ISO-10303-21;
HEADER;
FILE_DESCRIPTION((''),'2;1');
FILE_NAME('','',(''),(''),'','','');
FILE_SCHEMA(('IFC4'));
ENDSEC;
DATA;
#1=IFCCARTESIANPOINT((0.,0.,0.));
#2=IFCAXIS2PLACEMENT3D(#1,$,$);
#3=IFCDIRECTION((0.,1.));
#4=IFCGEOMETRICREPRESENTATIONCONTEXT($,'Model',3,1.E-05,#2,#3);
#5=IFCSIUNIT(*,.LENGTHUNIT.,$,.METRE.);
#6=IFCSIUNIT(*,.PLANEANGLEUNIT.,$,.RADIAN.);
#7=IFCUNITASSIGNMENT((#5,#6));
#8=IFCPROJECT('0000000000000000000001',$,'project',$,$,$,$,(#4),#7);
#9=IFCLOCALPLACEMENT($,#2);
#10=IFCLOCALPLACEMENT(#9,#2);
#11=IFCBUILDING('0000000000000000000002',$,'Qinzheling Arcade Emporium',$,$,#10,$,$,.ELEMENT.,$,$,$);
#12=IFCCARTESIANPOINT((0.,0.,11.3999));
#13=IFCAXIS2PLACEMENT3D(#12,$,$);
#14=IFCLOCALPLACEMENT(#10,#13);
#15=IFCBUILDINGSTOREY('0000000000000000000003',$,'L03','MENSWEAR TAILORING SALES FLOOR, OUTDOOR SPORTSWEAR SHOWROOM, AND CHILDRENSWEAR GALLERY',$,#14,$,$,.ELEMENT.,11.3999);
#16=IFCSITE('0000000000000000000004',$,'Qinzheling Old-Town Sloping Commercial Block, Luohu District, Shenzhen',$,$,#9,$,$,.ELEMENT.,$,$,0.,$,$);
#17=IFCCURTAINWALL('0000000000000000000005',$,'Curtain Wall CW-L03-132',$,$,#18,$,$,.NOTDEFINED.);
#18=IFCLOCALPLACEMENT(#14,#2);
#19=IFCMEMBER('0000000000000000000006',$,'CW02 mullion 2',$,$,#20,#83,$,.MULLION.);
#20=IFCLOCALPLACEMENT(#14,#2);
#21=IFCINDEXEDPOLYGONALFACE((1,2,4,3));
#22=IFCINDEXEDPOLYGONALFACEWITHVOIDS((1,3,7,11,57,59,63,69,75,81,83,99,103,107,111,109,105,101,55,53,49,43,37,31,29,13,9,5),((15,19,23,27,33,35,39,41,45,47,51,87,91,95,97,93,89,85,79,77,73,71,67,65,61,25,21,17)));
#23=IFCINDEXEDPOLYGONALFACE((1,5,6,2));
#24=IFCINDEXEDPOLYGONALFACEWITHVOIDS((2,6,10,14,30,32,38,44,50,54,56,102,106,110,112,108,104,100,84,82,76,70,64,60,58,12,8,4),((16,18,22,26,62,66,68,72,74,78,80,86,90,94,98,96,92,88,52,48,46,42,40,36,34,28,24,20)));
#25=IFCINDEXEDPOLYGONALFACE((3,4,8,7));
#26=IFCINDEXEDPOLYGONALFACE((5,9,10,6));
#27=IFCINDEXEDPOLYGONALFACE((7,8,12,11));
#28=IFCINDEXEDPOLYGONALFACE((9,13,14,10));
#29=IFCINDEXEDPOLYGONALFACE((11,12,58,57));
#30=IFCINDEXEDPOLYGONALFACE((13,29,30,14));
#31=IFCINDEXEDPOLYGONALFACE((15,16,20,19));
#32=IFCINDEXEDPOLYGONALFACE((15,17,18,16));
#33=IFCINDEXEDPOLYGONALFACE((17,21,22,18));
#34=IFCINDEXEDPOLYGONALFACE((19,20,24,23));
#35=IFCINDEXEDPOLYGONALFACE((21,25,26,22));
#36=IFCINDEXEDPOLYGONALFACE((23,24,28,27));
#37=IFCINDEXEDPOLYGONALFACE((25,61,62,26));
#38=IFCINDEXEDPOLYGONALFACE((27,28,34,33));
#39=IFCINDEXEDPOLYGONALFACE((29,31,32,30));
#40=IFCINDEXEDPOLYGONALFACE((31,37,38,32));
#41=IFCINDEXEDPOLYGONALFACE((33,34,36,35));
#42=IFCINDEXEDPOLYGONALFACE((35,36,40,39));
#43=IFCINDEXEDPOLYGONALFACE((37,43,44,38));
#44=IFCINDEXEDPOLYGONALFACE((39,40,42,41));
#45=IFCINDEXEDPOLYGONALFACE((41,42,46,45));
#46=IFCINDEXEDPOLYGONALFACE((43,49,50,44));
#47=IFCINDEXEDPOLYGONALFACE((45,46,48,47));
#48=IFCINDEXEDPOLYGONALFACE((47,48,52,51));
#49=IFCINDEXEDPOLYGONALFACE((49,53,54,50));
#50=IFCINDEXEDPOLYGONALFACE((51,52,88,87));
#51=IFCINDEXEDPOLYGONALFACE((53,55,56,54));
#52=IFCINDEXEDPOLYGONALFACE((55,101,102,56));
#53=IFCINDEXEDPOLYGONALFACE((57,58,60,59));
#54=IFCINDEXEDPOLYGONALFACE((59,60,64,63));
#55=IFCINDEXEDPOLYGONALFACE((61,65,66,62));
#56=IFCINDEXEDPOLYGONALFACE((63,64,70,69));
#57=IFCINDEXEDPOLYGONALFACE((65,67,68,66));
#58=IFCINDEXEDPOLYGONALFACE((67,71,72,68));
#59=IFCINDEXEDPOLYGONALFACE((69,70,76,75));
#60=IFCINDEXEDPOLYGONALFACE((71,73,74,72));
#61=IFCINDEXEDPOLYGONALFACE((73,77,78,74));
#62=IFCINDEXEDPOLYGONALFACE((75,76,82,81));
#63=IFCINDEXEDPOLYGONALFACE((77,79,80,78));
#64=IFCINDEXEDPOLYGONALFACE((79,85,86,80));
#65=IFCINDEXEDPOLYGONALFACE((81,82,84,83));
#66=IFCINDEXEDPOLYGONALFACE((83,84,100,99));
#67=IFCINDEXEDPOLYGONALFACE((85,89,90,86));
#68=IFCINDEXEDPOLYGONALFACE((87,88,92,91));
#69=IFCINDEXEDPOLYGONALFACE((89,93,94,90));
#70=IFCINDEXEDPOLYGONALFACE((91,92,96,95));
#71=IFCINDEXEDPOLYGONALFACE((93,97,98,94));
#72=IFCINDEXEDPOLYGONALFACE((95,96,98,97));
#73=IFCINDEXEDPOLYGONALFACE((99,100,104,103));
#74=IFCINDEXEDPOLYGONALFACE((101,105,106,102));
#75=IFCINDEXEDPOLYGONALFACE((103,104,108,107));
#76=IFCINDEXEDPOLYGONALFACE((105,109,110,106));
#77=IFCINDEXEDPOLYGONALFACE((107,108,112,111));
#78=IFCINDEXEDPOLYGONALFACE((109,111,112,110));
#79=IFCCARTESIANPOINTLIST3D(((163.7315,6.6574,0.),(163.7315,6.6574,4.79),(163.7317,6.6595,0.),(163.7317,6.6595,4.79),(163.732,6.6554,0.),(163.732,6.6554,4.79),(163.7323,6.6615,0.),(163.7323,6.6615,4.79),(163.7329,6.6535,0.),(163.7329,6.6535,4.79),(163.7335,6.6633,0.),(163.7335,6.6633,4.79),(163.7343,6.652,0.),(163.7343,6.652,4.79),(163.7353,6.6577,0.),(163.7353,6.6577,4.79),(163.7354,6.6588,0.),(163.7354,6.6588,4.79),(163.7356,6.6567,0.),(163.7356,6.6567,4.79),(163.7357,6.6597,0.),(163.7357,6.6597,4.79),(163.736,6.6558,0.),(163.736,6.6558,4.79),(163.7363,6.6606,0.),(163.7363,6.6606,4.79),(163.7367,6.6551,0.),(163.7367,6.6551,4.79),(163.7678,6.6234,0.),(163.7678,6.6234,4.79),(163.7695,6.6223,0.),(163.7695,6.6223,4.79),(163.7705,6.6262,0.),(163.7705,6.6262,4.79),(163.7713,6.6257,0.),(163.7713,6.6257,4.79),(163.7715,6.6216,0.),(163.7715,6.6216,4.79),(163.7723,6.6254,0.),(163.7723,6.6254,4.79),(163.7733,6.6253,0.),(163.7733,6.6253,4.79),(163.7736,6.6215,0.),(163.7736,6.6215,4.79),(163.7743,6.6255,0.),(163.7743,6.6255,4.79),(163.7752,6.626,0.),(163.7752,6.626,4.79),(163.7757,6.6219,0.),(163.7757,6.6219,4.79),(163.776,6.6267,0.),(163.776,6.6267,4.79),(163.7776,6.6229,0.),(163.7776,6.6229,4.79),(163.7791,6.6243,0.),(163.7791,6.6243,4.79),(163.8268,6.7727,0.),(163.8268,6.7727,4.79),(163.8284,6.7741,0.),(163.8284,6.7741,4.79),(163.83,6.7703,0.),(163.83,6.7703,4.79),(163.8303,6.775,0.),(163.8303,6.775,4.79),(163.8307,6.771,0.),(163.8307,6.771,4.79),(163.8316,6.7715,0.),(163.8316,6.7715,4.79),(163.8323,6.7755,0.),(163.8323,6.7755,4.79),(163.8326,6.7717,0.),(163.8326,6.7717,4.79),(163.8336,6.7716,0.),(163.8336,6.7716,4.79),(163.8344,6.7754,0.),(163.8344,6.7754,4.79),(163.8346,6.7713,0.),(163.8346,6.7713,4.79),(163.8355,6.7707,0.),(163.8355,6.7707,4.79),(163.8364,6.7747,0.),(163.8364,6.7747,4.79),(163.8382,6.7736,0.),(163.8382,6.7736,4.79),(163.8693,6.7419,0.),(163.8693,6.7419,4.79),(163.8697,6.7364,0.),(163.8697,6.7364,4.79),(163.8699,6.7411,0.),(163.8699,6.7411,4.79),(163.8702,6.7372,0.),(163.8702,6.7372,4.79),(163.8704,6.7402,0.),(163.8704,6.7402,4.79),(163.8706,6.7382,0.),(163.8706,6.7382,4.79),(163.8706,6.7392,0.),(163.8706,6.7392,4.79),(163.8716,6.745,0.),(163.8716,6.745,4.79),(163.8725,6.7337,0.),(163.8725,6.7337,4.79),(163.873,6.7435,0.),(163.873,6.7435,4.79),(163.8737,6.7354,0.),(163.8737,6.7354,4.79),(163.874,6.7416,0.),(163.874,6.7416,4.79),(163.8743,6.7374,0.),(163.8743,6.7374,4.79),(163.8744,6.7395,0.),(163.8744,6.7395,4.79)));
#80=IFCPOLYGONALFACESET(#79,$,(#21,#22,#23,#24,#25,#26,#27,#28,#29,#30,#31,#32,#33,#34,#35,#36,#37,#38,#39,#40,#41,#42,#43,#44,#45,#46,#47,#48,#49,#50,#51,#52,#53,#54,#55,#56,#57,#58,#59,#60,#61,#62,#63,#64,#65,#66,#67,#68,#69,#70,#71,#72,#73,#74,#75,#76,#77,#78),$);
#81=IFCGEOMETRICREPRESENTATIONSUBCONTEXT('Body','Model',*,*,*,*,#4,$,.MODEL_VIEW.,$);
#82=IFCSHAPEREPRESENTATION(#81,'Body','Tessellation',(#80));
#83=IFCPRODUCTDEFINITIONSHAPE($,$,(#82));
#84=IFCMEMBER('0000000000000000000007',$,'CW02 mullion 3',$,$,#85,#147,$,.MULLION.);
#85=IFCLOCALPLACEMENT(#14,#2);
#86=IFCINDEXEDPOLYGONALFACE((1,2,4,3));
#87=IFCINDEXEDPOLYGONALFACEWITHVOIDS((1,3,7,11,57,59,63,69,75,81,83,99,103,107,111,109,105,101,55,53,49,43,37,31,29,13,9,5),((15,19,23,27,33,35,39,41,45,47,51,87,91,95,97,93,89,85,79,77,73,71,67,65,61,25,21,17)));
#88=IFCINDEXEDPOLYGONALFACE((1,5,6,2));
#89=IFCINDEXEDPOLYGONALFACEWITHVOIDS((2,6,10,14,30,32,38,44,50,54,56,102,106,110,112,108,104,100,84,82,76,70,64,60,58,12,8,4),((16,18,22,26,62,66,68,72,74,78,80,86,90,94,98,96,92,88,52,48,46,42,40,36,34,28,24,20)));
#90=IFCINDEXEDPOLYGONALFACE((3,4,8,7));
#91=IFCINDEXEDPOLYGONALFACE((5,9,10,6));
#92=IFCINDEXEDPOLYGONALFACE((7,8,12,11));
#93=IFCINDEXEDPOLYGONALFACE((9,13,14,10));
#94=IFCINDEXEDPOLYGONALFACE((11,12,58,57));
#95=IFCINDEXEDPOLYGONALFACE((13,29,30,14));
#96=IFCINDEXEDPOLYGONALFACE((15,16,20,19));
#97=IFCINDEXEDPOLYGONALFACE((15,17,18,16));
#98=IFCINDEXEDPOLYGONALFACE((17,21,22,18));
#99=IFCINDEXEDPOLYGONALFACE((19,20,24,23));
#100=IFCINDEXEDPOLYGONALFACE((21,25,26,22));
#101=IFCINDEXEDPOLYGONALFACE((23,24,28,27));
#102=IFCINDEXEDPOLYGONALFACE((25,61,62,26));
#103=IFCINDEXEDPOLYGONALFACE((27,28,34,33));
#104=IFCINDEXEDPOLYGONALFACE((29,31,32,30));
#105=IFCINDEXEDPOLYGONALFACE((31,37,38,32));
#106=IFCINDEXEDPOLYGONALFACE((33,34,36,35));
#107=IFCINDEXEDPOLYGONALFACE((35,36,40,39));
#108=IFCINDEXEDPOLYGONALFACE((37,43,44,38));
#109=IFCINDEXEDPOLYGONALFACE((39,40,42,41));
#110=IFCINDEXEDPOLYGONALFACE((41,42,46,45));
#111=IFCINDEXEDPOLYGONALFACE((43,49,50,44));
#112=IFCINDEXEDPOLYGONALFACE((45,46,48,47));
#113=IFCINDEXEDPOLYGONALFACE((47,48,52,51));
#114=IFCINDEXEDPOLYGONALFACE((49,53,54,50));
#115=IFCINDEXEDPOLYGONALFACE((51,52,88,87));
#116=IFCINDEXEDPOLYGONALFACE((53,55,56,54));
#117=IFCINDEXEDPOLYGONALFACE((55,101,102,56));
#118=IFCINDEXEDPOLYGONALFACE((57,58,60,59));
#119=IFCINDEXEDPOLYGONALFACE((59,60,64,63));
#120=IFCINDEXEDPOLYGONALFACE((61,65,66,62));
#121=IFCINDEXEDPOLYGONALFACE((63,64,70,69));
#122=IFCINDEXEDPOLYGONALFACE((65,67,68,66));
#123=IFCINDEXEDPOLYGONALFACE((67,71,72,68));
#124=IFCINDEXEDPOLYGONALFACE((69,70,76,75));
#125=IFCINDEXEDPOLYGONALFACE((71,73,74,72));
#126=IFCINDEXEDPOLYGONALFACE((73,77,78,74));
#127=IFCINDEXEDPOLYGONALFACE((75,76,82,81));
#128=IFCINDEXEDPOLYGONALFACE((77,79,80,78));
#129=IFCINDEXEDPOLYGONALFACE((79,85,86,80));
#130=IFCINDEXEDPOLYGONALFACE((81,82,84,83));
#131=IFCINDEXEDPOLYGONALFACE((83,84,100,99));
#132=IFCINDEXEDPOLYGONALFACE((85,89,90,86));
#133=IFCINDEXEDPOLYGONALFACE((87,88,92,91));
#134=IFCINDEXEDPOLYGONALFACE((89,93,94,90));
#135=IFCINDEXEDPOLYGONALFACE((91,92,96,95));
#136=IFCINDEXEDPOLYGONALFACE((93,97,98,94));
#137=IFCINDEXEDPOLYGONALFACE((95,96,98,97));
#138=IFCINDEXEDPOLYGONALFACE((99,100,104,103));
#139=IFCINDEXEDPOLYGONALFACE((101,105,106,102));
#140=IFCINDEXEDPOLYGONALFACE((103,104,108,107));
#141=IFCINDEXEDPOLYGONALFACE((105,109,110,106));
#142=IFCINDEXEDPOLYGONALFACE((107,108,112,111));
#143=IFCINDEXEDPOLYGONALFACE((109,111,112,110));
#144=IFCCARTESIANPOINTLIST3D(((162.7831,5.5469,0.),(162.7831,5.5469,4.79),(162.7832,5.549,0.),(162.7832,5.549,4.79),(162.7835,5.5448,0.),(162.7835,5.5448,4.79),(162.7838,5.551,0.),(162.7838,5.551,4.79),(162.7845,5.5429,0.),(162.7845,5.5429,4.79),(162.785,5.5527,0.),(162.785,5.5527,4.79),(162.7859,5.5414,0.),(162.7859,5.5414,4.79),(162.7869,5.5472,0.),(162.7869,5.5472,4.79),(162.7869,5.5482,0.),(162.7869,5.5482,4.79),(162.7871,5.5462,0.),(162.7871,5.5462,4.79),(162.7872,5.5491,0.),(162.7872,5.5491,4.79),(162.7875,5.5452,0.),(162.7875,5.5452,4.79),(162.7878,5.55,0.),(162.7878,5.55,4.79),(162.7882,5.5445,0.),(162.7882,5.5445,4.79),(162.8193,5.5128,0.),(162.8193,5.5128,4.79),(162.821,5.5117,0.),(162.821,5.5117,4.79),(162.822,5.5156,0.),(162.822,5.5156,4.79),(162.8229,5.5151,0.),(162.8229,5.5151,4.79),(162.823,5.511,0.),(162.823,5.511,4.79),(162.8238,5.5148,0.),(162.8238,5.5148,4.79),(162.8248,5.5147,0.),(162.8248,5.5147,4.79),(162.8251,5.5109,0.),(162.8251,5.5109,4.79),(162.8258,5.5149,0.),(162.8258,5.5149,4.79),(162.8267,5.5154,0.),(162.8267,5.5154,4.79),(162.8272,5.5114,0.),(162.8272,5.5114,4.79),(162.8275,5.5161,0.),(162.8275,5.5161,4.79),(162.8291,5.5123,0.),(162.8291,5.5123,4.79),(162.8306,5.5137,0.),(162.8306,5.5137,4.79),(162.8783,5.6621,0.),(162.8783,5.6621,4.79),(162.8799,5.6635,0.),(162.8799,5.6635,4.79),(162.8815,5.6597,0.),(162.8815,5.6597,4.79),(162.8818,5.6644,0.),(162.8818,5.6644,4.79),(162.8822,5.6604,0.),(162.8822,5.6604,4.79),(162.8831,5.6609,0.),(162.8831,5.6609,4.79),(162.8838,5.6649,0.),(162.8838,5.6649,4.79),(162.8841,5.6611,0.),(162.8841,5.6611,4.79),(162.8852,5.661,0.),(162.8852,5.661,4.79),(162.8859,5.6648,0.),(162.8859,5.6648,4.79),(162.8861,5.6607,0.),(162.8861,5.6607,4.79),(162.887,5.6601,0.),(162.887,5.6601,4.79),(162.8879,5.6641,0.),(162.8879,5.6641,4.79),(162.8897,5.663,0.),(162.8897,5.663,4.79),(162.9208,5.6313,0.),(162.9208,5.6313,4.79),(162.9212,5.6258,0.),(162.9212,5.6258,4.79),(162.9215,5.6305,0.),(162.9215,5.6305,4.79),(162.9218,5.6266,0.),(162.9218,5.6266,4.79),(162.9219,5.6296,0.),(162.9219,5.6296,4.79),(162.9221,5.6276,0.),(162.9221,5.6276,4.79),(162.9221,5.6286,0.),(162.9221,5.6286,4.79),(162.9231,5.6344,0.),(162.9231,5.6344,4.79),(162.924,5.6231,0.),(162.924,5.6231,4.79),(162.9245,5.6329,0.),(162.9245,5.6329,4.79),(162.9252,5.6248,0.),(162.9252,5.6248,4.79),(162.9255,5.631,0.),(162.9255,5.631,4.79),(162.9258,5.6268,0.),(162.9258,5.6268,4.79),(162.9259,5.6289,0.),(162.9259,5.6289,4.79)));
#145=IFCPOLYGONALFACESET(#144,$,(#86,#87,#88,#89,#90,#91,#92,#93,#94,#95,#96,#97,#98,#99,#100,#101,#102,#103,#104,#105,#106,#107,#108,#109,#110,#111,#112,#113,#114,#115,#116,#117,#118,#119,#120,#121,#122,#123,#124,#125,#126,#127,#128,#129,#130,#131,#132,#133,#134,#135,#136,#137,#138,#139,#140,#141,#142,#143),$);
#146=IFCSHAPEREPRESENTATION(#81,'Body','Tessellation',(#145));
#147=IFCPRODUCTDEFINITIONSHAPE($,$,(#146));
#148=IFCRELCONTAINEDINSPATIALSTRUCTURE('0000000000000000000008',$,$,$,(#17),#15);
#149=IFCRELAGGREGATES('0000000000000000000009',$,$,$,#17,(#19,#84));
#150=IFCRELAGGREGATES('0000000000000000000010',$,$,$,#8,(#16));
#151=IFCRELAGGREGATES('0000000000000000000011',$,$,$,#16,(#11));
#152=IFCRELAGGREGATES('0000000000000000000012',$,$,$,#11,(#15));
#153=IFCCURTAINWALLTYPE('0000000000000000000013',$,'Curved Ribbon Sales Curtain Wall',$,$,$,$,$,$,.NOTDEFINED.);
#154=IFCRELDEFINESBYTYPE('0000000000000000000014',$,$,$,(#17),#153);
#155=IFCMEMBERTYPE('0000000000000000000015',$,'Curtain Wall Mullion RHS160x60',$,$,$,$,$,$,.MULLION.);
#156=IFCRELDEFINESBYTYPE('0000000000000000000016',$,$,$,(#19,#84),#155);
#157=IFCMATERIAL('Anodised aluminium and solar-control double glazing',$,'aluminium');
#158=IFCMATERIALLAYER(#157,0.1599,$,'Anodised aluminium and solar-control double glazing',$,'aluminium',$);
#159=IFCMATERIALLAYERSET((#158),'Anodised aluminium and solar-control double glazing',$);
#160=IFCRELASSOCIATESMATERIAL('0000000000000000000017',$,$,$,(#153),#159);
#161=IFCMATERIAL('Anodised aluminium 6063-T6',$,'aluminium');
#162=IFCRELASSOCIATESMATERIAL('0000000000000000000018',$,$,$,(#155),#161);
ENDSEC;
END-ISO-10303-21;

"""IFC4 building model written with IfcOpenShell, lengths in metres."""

from ifc_helpers import new_model, si_unit, direction, frame, origin, origin_2d, place, context, subcontext, project, spatial, hollow_rectangle, extrude, material, layer, layer_set, material_profile, profile_set, type_object, element, aggregate, save


model = new_model("IFC4")

# Units and contexts
model_context = context("Model", 3, precision=1e-05, world=origin(), true_north=direction((0.0, 1.0)))
body_context = subcontext(model_context, "Body", "Model", "MODEL_VIEW")
ifc_project = project(units=[si_unit("LENGTHUNIT", "METRE"), si_unit("PLANEANGLEUNIT", "RADIAN")], contexts=[model_context])

# Site, building, storey
site_placement = place(None, origin())
site = spatial("IfcSite", under=ifc_project, at=site_placement, Name="Qinzheling Old-Town Sloping Commercial Block, Luohu District, Shenzhen", CompositionType="ELEMENT", RefElevation=0.0)
building_placement = place(site_placement, origin())
building = spatial("IfcBuilding", under=site, at=building_placement, Name="Qinzheling Arcade Emporium", CompositionType="ELEMENT")
storey_placement = place(building_placement, frame((0.0, 0.0, 11.3999)))
storey = spatial("IfcBuildingStorey", under=building, at=storey_placement, Name="L03", Description="MENSWEAR TAILORING SALES FLOOR, OUTDOOR SPORTSWEAR SHOWROOM, AND CHILDRENSWEAR GALLERY", CompositionType="ELEMENT", Elevation=11.3999)

# Curtain wall, members
ifc_material_1 = material(Name="Anodised aluminium and solar-control double glazing", Category="aluminium")
ifc_layer_1 = layer(ifc_material_1, 0.1599, Name="Anodised aluminium and solar-control double glazing", Category="aluminium")
ifc_layer_set_1 = layer_set([ifc_layer_1], Name="Anodised aluminium and solar-control double glazing")
curtain_wall_type = type_object("IfcCurtainWallType", Name="Curved Ribbon Sales Curtain Wall", PredefinedType="NOTDEFINED", material=ifc_layer_set_1)
ifc_material_2 = material(Name="Anodised aluminium 6063-T6", Category="aluminium")
ifc_material_profile_1 = material_profile(ifc_material_2, hollow_rectangle(XDim=0.0601, YDim=0.1599, WallThickness=0.0039, InnerFilletRadius=0.0039, OuterFilletRadius=0.0081, at=origin_2d()), Name="RHS 160x60x4", Category="aluminium")
ifc_profile_set_1 = profile_set([ifc_material_profile_1], Name="Anodised aluminium 6063-T6")
member_type_1 = type_object("IfcMemberType", Name="Curtain Wall Mullion RHS160x60", PredefinedType="MULLION", material=ifc_profile_set_1)
curtain_wall_1_placement = place(storey_placement, origin())
curtain_wall_1 = element("IfcCurtainWall", 1, at=curtain_wall_1_placement, inside=storey, type_object=curtain_wall_type, Name="Curtain Wall CW-L03-132", PredefinedType="NOTDEFINED")
member_1_placement = place(storey_placement, frame((163.803, 6.6985, 0.0), z_axis=(0.0, 0.0, 1.0), x_axis=(0.760439, -0.649409, 0.0)))
member_1 = element("IfcMember", 2, at=member_1_placement, type_object=member_type_1, Name="CW02 mullion 2", PredefinedType="MULLION", context=body_context, shape_type="SweptSolid", body=[
    extrude(hollow_rectangle(XDim=0.0601, YDim=0.1599, WallThickness=0.0039, InnerFilletRadius=0.0039, OuterFilletRadius=0.0081, at=origin_2d()), origin(), (0.0, 0.0, 1.0), 4.79),
])
member_2_placement = place(storey_placement, frame((162.8545, 5.5879, 0.0), z_axis=(0.0, 0.0, 1.0), x_axis=(0.760439, -0.649409, 0.0)))
member_2 = element("IfcMember", 3, at=member_2_placement, type_object=member_type_1, Name="CW02 mullion 3", PredefinedType="MULLION", context=body_context, shape_type="SweptSolid", body=[
    extrude(hollow_rectangle(XDim=0.0601, YDim=0.1599, WallThickness=0.0039, InnerFilletRadius=0.0039, OuterFilletRadius=0.0081, at=origin_2d()), origin(), (0.0, 0.0, 1.0), 4.79),
])

aggregate(curtain_wall_1, [member_1, member_2])

save(model, "model.ifc")
